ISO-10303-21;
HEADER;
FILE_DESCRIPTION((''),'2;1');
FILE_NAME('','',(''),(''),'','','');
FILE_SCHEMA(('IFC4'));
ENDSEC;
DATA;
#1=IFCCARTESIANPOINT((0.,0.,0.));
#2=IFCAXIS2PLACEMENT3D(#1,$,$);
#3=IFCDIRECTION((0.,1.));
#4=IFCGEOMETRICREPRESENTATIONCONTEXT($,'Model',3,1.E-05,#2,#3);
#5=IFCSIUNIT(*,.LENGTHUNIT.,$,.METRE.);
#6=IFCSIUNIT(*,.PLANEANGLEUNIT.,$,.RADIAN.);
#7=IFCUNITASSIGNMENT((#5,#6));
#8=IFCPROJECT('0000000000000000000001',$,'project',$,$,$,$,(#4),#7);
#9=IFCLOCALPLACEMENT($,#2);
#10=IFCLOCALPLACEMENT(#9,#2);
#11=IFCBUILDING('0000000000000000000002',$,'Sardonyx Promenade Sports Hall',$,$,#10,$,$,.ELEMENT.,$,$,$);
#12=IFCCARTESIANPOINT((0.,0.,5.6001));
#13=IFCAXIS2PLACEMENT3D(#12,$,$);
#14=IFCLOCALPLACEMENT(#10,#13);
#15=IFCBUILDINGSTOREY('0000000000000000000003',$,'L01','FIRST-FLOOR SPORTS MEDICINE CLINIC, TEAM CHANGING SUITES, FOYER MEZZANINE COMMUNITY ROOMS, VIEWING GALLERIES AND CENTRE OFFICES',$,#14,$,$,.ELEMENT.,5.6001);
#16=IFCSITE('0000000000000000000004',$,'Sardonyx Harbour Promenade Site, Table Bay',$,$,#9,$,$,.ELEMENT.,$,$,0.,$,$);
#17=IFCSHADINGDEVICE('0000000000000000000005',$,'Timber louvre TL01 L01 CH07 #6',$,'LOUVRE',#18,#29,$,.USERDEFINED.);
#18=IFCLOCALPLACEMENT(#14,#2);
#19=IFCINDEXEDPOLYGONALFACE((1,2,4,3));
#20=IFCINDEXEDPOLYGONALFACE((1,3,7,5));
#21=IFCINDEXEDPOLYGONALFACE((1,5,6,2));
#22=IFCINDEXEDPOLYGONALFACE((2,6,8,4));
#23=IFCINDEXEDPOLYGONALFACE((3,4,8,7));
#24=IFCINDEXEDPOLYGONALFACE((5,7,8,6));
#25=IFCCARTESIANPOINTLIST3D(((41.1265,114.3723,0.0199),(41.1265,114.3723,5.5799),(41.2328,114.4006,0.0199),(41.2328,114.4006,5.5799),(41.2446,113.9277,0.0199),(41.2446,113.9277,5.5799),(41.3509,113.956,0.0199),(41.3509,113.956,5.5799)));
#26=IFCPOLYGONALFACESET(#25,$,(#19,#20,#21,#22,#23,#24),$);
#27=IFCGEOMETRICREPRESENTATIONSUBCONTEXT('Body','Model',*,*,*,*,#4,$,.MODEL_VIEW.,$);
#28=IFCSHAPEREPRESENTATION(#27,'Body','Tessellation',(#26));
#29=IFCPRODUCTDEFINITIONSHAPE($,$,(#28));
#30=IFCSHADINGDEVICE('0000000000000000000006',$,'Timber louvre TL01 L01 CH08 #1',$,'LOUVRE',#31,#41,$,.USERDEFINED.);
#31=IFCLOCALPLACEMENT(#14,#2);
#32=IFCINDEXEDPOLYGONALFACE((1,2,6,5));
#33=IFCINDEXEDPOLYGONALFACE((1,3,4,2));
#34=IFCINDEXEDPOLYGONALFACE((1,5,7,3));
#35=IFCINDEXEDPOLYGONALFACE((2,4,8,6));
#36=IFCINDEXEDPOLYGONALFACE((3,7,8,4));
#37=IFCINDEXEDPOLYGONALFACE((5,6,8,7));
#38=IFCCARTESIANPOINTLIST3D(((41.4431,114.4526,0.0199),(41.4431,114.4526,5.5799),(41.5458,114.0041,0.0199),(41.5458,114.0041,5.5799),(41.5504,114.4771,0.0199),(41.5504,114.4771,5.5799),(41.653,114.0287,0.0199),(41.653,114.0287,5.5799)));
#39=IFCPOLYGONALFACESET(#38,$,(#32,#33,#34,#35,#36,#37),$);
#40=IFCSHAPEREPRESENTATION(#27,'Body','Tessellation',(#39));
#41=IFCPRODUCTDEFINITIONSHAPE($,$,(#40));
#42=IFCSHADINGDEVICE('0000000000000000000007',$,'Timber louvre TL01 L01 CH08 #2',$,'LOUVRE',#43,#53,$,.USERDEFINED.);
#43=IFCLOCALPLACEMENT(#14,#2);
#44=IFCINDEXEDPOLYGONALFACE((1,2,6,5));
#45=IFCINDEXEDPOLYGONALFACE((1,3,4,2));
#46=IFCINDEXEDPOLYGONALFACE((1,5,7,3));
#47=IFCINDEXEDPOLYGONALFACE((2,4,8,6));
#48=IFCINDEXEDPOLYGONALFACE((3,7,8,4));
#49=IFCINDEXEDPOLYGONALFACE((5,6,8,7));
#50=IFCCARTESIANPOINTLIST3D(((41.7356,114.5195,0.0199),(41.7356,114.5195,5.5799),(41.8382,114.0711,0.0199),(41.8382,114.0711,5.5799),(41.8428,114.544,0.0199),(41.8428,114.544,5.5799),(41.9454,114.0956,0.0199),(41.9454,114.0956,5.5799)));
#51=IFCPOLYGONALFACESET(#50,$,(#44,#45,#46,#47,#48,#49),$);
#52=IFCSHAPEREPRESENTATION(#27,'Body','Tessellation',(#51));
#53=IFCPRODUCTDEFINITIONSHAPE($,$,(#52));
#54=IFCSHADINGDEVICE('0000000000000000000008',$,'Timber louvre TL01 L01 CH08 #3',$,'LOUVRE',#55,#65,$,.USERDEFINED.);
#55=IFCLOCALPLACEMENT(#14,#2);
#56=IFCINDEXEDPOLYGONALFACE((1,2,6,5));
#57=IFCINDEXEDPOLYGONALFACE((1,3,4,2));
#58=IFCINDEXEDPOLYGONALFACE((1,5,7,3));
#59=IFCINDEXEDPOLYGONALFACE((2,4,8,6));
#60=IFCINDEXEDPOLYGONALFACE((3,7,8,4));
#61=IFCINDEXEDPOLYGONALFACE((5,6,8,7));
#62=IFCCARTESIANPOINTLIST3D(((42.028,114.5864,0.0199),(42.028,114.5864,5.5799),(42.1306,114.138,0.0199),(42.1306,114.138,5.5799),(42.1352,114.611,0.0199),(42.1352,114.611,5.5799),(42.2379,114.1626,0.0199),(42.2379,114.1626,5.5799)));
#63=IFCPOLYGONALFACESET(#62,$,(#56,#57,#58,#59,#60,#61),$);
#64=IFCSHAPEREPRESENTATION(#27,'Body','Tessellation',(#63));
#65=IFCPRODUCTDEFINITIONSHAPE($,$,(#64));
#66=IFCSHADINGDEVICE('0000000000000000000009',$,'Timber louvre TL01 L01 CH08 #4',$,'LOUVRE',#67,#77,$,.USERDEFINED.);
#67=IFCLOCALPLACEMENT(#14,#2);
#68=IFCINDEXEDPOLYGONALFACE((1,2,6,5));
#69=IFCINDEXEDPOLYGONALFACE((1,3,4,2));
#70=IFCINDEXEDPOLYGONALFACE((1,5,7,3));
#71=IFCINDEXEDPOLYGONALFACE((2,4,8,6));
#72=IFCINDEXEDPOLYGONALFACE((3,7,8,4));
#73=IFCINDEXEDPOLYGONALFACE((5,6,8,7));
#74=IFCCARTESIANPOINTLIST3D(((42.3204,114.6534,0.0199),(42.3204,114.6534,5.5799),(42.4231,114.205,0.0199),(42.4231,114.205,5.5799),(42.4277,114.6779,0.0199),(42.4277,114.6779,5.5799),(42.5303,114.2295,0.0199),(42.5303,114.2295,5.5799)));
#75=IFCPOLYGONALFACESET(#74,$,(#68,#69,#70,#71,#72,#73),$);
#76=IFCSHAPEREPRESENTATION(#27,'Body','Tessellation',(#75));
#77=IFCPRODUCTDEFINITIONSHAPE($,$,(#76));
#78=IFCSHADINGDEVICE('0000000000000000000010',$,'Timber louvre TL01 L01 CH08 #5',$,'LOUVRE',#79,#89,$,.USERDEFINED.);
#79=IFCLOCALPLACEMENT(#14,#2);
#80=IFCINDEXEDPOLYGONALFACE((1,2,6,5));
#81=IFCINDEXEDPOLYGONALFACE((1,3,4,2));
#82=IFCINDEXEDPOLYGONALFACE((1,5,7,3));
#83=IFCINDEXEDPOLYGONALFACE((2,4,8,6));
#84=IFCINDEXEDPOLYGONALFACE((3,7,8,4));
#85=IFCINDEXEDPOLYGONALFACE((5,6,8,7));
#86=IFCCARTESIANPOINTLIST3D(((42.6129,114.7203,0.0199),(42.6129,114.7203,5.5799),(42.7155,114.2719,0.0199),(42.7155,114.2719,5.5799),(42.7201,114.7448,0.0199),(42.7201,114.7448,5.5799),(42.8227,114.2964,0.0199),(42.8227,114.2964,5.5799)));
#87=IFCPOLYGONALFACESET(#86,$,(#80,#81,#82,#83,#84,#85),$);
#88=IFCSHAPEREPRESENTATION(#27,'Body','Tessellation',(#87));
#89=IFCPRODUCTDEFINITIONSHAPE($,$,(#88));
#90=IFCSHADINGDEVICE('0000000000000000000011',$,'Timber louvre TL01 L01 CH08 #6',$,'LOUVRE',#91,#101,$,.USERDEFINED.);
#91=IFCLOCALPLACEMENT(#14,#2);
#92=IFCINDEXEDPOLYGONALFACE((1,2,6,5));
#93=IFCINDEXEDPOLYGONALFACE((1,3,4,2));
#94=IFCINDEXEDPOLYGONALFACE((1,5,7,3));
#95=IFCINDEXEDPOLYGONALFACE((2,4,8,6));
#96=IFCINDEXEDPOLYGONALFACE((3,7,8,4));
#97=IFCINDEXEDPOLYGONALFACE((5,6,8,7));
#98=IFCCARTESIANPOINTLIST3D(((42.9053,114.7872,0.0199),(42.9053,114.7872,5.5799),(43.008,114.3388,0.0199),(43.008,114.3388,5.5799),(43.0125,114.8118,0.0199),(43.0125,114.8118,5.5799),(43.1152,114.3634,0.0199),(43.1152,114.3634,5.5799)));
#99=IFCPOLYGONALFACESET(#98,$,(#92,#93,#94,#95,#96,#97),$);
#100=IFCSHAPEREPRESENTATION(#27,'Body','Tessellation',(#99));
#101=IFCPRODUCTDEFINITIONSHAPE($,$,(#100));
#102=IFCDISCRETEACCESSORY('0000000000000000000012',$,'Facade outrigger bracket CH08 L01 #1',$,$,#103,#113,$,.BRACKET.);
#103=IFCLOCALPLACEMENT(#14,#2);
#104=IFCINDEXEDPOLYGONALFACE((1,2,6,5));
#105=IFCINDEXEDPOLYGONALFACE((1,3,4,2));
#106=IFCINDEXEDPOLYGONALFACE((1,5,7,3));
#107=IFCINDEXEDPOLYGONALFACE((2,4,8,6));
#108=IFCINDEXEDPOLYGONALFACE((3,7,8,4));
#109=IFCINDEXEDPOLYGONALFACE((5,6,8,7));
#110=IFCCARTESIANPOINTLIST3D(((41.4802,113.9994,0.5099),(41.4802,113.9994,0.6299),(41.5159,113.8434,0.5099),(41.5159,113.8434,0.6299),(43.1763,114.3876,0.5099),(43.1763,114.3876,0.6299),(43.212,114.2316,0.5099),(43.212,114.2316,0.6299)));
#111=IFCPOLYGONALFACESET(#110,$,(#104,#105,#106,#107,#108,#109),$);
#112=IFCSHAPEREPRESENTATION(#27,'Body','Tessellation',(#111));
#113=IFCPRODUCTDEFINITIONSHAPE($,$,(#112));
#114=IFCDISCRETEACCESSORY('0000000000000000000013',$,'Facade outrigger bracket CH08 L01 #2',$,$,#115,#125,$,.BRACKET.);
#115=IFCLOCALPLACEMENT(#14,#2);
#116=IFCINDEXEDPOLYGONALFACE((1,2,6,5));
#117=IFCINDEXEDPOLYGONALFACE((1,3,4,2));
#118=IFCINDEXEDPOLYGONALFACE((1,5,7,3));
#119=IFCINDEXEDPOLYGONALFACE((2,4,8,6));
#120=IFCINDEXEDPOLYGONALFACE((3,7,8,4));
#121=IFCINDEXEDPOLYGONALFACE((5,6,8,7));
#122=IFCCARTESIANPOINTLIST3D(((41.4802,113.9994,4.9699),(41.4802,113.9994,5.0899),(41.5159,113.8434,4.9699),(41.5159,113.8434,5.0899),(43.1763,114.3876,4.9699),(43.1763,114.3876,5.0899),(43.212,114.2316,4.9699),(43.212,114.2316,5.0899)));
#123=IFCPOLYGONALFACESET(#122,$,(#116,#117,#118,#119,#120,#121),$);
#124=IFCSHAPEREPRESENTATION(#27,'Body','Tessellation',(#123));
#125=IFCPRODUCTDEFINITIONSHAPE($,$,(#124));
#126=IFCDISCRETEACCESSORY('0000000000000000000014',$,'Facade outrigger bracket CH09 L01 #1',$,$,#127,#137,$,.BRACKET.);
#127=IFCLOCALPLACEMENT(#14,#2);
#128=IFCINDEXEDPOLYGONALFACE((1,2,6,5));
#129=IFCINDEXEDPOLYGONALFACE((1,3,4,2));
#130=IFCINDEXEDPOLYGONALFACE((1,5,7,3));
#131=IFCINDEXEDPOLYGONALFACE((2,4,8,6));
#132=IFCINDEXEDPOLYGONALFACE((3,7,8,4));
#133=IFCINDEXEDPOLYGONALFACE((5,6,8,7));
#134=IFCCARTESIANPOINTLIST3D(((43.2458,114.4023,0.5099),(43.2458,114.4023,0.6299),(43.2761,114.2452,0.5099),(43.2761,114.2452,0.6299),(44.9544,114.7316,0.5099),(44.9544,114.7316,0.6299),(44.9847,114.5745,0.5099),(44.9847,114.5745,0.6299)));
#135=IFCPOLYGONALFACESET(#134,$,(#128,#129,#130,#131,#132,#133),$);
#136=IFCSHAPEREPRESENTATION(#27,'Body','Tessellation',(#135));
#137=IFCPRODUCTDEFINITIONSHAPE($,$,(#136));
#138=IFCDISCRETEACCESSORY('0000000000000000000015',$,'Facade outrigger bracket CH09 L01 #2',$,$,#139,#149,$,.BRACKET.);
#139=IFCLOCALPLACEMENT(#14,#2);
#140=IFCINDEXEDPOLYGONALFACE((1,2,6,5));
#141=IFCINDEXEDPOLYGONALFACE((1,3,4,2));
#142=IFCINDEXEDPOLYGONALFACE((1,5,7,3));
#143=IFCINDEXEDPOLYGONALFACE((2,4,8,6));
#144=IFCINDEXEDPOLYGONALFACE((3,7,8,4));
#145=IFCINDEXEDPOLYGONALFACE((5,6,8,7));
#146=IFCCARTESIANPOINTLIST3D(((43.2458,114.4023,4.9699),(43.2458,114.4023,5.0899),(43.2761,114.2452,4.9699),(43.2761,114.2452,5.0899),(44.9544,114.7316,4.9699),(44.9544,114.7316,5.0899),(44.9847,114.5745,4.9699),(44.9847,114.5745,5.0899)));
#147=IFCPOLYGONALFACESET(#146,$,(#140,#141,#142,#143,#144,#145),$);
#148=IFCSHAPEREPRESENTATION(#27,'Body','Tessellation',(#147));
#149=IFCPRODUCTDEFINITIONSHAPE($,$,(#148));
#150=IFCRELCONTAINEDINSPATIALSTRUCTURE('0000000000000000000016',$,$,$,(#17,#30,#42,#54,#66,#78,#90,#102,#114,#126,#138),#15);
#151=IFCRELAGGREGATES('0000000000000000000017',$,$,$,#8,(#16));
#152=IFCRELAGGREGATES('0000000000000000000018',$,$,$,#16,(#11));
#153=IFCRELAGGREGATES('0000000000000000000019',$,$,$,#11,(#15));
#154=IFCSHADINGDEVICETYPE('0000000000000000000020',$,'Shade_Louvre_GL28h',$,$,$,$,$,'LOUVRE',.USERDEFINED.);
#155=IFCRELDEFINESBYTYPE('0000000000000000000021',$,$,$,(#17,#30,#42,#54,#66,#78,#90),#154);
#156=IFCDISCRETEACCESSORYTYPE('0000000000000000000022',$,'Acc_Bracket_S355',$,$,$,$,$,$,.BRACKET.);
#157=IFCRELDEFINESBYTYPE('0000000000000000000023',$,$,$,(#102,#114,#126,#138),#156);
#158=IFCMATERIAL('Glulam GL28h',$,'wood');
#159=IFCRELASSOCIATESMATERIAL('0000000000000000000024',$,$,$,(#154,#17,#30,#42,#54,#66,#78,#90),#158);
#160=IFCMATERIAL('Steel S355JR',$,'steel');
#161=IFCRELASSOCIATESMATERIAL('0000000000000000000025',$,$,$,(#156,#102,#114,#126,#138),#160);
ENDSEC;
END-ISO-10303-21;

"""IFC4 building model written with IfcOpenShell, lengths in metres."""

from ifc_helpers import new_model, si_unit, direction, frame, origin, place, context, subcontext, project, spatial, rectangle, extrude, material, type_object, element, save


model = new_model("IFC4")

# Units and contexts
model_context = context("Model", 3, precision=1e-05, world=origin(), true_north=direction((0.0, 1.0)))
body_context = subcontext(model_context, "Body", "Model", "MODEL_VIEW")
ifc_project = project(units=[si_unit("LENGTHUNIT", "METRE"), si_unit("PLANEANGLEUNIT", "RADIAN")], contexts=[model_context])

# Site, building, storey
site_placement = place(None, origin())
site = spatial("IfcSite", under=ifc_project, at=site_placement, Name="Sardonyx Harbour Promenade Site, Table Bay", CompositionType="ELEMENT", RefElevation=0.0)
building_placement = place(site_placement, origin())
building = spatial("IfcBuilding", under=site, at=building_placement, Name="Sardonyx Promenade Sports Hall", CompositionType="ELEMENT")
storey_placement = place(building_placement, frame((0.0, 0.0, 5.6001)))
storey = spatial("IfcBuildingStorey", under=building, at=storey_placement, Name="L01", Description="FIRST-FLOOR SPORTS MEDICINE CLINIC, TEAM CHANGING SUITES, FOYER MEZZANINE COMMUNITY ROOMS, VIEWING GALLERIES AND CENTRE OFFICES", CompositionType="ELEMENT", Elevation=5.6001)

# Shading devices
ifc_material_1 = material(Name="Glulam GL28h", Category="wood")
shading_device_type_1 = type_object("IfcShadingDeviceType", Name="Shade_Louvre_GL28h", ElementType="LOUVRE", PredefinedType="USERDEFINED", material=ifc_material_1)
for number, where, z_axis, x_axis, name in (
    (1, (41.2387, 114.1642, 0.0199), (0.0, 0.0, 1.0), (0.966485, 0.256721, 0.0), "Timber louvre TL01 L01 CH07 #6"),
    (2, (41.5481, 114.2406, 0.0199), (0.0, 0.0, 1.0), (0.974792, 0.223117, 0.0), "Timber louvre TL01 L01 CH08 #1"),
    (3, (41.8405, 114.3076, 0.0199), (0.0, 0.0, 1.0), (0.974792, 0.223117, 0.0), "Timber louvre TL01 L01 CH08 #2"),
    (4, (42.1329, 114.3745, 0.0199), (0.0, 0.0, 1.0), (0.974792, 0.223117, 0.0), "Timber louvre TL01 L01 CH08 #3"),
    (5, (42.4254, 114.4414, 0.0199), (0.0, 0.0, 1.0), (0.974792, 0.223117, 0.0), "Timber louvre TL01 L01 CH08 #4"),
    (6, (42.7178, 114.5084, 0.0199), (0.0, 0.0, 1.0), (0.974792, 0.223117, 0.0), "Timber louvre TL01 L01 CH08 #5"),
    (7, (43.0102, 114.5753, 0.0199), (0.0, 0.0, 1.0), (0.974792, 0.223117, 0.0), "Timber louvre TL01 L01 CH08 #6"),
):
    element("IfcShadingDevice", number, at=place(storey_placement, frame(where, z_axis=z_axis, x_axis=x_axis)), inside=storey, type_object=shading_device_type_1, material=ifc_material_1, Name=name, ObjectType="LOUVRE", PredefinedType="USERDEFINED", context=body_context, shape_type="SweptSolid", body=[
        extrude(rectangle(XDim=0.11, YDim=0.46), origin(), (0.0, 0.0, 1.0), 5.56),
    ])

# Discrete accessories
ifc_material_2 = material(Name="Steel S355JR", Category="steel")
discrete_accessory_type = type_object("IfcDiscreteAccessoryType", Name="Acc_Bracket_S355", PredefinedType="BRACKET", material=ifc_material_2)
for number, where, z_axis, x_axis, name in (
    (8, (42.3461, 114.1155, 0.5099), (0.0, 0.0, 1.0), (0.974792, 0.223117, 0.0), "Facade outrigger bracket CH08 L01 #1"),
    (9, (42.3461, 114.1155, 4.9699), (0.0, 0.0, 1.0), (0.974792, 0.223117, 0.0), "Facade outrigger bracket CH08 L01 #2"),
    (10, (44.1153, 114.4884, 0.5099), (0.0, 0.0, 1.0), (0.98193, 0.189246, 0.0), "Facade outrigger bracket CH09 L01 #1"),
    (11, (44.1153, 114.4884, 4.9699), (0.0, 0.0, 1.0), (0.98193, 0.189246, 0.0), "Facade outrigger bracket CH09 L01 #2"),
):
    element("IfcDiscreteAccessory", number, at=place(storey_placement, frame(where, z_axis=z_axis, x_axis=x_axis)), inside=storey, type_object=discrete_accessory_type, material=ifc_material_2, Name=name, PredefinedType="BRACKET", context=body_context, shape_type="SweptSolid", body=[
        extrude(rectangle(XDim=1.74, YDim=0.16), origin(), (0.0, 0.0, 1.0), 0.12),
    ])

save(model, "model.ifc")
